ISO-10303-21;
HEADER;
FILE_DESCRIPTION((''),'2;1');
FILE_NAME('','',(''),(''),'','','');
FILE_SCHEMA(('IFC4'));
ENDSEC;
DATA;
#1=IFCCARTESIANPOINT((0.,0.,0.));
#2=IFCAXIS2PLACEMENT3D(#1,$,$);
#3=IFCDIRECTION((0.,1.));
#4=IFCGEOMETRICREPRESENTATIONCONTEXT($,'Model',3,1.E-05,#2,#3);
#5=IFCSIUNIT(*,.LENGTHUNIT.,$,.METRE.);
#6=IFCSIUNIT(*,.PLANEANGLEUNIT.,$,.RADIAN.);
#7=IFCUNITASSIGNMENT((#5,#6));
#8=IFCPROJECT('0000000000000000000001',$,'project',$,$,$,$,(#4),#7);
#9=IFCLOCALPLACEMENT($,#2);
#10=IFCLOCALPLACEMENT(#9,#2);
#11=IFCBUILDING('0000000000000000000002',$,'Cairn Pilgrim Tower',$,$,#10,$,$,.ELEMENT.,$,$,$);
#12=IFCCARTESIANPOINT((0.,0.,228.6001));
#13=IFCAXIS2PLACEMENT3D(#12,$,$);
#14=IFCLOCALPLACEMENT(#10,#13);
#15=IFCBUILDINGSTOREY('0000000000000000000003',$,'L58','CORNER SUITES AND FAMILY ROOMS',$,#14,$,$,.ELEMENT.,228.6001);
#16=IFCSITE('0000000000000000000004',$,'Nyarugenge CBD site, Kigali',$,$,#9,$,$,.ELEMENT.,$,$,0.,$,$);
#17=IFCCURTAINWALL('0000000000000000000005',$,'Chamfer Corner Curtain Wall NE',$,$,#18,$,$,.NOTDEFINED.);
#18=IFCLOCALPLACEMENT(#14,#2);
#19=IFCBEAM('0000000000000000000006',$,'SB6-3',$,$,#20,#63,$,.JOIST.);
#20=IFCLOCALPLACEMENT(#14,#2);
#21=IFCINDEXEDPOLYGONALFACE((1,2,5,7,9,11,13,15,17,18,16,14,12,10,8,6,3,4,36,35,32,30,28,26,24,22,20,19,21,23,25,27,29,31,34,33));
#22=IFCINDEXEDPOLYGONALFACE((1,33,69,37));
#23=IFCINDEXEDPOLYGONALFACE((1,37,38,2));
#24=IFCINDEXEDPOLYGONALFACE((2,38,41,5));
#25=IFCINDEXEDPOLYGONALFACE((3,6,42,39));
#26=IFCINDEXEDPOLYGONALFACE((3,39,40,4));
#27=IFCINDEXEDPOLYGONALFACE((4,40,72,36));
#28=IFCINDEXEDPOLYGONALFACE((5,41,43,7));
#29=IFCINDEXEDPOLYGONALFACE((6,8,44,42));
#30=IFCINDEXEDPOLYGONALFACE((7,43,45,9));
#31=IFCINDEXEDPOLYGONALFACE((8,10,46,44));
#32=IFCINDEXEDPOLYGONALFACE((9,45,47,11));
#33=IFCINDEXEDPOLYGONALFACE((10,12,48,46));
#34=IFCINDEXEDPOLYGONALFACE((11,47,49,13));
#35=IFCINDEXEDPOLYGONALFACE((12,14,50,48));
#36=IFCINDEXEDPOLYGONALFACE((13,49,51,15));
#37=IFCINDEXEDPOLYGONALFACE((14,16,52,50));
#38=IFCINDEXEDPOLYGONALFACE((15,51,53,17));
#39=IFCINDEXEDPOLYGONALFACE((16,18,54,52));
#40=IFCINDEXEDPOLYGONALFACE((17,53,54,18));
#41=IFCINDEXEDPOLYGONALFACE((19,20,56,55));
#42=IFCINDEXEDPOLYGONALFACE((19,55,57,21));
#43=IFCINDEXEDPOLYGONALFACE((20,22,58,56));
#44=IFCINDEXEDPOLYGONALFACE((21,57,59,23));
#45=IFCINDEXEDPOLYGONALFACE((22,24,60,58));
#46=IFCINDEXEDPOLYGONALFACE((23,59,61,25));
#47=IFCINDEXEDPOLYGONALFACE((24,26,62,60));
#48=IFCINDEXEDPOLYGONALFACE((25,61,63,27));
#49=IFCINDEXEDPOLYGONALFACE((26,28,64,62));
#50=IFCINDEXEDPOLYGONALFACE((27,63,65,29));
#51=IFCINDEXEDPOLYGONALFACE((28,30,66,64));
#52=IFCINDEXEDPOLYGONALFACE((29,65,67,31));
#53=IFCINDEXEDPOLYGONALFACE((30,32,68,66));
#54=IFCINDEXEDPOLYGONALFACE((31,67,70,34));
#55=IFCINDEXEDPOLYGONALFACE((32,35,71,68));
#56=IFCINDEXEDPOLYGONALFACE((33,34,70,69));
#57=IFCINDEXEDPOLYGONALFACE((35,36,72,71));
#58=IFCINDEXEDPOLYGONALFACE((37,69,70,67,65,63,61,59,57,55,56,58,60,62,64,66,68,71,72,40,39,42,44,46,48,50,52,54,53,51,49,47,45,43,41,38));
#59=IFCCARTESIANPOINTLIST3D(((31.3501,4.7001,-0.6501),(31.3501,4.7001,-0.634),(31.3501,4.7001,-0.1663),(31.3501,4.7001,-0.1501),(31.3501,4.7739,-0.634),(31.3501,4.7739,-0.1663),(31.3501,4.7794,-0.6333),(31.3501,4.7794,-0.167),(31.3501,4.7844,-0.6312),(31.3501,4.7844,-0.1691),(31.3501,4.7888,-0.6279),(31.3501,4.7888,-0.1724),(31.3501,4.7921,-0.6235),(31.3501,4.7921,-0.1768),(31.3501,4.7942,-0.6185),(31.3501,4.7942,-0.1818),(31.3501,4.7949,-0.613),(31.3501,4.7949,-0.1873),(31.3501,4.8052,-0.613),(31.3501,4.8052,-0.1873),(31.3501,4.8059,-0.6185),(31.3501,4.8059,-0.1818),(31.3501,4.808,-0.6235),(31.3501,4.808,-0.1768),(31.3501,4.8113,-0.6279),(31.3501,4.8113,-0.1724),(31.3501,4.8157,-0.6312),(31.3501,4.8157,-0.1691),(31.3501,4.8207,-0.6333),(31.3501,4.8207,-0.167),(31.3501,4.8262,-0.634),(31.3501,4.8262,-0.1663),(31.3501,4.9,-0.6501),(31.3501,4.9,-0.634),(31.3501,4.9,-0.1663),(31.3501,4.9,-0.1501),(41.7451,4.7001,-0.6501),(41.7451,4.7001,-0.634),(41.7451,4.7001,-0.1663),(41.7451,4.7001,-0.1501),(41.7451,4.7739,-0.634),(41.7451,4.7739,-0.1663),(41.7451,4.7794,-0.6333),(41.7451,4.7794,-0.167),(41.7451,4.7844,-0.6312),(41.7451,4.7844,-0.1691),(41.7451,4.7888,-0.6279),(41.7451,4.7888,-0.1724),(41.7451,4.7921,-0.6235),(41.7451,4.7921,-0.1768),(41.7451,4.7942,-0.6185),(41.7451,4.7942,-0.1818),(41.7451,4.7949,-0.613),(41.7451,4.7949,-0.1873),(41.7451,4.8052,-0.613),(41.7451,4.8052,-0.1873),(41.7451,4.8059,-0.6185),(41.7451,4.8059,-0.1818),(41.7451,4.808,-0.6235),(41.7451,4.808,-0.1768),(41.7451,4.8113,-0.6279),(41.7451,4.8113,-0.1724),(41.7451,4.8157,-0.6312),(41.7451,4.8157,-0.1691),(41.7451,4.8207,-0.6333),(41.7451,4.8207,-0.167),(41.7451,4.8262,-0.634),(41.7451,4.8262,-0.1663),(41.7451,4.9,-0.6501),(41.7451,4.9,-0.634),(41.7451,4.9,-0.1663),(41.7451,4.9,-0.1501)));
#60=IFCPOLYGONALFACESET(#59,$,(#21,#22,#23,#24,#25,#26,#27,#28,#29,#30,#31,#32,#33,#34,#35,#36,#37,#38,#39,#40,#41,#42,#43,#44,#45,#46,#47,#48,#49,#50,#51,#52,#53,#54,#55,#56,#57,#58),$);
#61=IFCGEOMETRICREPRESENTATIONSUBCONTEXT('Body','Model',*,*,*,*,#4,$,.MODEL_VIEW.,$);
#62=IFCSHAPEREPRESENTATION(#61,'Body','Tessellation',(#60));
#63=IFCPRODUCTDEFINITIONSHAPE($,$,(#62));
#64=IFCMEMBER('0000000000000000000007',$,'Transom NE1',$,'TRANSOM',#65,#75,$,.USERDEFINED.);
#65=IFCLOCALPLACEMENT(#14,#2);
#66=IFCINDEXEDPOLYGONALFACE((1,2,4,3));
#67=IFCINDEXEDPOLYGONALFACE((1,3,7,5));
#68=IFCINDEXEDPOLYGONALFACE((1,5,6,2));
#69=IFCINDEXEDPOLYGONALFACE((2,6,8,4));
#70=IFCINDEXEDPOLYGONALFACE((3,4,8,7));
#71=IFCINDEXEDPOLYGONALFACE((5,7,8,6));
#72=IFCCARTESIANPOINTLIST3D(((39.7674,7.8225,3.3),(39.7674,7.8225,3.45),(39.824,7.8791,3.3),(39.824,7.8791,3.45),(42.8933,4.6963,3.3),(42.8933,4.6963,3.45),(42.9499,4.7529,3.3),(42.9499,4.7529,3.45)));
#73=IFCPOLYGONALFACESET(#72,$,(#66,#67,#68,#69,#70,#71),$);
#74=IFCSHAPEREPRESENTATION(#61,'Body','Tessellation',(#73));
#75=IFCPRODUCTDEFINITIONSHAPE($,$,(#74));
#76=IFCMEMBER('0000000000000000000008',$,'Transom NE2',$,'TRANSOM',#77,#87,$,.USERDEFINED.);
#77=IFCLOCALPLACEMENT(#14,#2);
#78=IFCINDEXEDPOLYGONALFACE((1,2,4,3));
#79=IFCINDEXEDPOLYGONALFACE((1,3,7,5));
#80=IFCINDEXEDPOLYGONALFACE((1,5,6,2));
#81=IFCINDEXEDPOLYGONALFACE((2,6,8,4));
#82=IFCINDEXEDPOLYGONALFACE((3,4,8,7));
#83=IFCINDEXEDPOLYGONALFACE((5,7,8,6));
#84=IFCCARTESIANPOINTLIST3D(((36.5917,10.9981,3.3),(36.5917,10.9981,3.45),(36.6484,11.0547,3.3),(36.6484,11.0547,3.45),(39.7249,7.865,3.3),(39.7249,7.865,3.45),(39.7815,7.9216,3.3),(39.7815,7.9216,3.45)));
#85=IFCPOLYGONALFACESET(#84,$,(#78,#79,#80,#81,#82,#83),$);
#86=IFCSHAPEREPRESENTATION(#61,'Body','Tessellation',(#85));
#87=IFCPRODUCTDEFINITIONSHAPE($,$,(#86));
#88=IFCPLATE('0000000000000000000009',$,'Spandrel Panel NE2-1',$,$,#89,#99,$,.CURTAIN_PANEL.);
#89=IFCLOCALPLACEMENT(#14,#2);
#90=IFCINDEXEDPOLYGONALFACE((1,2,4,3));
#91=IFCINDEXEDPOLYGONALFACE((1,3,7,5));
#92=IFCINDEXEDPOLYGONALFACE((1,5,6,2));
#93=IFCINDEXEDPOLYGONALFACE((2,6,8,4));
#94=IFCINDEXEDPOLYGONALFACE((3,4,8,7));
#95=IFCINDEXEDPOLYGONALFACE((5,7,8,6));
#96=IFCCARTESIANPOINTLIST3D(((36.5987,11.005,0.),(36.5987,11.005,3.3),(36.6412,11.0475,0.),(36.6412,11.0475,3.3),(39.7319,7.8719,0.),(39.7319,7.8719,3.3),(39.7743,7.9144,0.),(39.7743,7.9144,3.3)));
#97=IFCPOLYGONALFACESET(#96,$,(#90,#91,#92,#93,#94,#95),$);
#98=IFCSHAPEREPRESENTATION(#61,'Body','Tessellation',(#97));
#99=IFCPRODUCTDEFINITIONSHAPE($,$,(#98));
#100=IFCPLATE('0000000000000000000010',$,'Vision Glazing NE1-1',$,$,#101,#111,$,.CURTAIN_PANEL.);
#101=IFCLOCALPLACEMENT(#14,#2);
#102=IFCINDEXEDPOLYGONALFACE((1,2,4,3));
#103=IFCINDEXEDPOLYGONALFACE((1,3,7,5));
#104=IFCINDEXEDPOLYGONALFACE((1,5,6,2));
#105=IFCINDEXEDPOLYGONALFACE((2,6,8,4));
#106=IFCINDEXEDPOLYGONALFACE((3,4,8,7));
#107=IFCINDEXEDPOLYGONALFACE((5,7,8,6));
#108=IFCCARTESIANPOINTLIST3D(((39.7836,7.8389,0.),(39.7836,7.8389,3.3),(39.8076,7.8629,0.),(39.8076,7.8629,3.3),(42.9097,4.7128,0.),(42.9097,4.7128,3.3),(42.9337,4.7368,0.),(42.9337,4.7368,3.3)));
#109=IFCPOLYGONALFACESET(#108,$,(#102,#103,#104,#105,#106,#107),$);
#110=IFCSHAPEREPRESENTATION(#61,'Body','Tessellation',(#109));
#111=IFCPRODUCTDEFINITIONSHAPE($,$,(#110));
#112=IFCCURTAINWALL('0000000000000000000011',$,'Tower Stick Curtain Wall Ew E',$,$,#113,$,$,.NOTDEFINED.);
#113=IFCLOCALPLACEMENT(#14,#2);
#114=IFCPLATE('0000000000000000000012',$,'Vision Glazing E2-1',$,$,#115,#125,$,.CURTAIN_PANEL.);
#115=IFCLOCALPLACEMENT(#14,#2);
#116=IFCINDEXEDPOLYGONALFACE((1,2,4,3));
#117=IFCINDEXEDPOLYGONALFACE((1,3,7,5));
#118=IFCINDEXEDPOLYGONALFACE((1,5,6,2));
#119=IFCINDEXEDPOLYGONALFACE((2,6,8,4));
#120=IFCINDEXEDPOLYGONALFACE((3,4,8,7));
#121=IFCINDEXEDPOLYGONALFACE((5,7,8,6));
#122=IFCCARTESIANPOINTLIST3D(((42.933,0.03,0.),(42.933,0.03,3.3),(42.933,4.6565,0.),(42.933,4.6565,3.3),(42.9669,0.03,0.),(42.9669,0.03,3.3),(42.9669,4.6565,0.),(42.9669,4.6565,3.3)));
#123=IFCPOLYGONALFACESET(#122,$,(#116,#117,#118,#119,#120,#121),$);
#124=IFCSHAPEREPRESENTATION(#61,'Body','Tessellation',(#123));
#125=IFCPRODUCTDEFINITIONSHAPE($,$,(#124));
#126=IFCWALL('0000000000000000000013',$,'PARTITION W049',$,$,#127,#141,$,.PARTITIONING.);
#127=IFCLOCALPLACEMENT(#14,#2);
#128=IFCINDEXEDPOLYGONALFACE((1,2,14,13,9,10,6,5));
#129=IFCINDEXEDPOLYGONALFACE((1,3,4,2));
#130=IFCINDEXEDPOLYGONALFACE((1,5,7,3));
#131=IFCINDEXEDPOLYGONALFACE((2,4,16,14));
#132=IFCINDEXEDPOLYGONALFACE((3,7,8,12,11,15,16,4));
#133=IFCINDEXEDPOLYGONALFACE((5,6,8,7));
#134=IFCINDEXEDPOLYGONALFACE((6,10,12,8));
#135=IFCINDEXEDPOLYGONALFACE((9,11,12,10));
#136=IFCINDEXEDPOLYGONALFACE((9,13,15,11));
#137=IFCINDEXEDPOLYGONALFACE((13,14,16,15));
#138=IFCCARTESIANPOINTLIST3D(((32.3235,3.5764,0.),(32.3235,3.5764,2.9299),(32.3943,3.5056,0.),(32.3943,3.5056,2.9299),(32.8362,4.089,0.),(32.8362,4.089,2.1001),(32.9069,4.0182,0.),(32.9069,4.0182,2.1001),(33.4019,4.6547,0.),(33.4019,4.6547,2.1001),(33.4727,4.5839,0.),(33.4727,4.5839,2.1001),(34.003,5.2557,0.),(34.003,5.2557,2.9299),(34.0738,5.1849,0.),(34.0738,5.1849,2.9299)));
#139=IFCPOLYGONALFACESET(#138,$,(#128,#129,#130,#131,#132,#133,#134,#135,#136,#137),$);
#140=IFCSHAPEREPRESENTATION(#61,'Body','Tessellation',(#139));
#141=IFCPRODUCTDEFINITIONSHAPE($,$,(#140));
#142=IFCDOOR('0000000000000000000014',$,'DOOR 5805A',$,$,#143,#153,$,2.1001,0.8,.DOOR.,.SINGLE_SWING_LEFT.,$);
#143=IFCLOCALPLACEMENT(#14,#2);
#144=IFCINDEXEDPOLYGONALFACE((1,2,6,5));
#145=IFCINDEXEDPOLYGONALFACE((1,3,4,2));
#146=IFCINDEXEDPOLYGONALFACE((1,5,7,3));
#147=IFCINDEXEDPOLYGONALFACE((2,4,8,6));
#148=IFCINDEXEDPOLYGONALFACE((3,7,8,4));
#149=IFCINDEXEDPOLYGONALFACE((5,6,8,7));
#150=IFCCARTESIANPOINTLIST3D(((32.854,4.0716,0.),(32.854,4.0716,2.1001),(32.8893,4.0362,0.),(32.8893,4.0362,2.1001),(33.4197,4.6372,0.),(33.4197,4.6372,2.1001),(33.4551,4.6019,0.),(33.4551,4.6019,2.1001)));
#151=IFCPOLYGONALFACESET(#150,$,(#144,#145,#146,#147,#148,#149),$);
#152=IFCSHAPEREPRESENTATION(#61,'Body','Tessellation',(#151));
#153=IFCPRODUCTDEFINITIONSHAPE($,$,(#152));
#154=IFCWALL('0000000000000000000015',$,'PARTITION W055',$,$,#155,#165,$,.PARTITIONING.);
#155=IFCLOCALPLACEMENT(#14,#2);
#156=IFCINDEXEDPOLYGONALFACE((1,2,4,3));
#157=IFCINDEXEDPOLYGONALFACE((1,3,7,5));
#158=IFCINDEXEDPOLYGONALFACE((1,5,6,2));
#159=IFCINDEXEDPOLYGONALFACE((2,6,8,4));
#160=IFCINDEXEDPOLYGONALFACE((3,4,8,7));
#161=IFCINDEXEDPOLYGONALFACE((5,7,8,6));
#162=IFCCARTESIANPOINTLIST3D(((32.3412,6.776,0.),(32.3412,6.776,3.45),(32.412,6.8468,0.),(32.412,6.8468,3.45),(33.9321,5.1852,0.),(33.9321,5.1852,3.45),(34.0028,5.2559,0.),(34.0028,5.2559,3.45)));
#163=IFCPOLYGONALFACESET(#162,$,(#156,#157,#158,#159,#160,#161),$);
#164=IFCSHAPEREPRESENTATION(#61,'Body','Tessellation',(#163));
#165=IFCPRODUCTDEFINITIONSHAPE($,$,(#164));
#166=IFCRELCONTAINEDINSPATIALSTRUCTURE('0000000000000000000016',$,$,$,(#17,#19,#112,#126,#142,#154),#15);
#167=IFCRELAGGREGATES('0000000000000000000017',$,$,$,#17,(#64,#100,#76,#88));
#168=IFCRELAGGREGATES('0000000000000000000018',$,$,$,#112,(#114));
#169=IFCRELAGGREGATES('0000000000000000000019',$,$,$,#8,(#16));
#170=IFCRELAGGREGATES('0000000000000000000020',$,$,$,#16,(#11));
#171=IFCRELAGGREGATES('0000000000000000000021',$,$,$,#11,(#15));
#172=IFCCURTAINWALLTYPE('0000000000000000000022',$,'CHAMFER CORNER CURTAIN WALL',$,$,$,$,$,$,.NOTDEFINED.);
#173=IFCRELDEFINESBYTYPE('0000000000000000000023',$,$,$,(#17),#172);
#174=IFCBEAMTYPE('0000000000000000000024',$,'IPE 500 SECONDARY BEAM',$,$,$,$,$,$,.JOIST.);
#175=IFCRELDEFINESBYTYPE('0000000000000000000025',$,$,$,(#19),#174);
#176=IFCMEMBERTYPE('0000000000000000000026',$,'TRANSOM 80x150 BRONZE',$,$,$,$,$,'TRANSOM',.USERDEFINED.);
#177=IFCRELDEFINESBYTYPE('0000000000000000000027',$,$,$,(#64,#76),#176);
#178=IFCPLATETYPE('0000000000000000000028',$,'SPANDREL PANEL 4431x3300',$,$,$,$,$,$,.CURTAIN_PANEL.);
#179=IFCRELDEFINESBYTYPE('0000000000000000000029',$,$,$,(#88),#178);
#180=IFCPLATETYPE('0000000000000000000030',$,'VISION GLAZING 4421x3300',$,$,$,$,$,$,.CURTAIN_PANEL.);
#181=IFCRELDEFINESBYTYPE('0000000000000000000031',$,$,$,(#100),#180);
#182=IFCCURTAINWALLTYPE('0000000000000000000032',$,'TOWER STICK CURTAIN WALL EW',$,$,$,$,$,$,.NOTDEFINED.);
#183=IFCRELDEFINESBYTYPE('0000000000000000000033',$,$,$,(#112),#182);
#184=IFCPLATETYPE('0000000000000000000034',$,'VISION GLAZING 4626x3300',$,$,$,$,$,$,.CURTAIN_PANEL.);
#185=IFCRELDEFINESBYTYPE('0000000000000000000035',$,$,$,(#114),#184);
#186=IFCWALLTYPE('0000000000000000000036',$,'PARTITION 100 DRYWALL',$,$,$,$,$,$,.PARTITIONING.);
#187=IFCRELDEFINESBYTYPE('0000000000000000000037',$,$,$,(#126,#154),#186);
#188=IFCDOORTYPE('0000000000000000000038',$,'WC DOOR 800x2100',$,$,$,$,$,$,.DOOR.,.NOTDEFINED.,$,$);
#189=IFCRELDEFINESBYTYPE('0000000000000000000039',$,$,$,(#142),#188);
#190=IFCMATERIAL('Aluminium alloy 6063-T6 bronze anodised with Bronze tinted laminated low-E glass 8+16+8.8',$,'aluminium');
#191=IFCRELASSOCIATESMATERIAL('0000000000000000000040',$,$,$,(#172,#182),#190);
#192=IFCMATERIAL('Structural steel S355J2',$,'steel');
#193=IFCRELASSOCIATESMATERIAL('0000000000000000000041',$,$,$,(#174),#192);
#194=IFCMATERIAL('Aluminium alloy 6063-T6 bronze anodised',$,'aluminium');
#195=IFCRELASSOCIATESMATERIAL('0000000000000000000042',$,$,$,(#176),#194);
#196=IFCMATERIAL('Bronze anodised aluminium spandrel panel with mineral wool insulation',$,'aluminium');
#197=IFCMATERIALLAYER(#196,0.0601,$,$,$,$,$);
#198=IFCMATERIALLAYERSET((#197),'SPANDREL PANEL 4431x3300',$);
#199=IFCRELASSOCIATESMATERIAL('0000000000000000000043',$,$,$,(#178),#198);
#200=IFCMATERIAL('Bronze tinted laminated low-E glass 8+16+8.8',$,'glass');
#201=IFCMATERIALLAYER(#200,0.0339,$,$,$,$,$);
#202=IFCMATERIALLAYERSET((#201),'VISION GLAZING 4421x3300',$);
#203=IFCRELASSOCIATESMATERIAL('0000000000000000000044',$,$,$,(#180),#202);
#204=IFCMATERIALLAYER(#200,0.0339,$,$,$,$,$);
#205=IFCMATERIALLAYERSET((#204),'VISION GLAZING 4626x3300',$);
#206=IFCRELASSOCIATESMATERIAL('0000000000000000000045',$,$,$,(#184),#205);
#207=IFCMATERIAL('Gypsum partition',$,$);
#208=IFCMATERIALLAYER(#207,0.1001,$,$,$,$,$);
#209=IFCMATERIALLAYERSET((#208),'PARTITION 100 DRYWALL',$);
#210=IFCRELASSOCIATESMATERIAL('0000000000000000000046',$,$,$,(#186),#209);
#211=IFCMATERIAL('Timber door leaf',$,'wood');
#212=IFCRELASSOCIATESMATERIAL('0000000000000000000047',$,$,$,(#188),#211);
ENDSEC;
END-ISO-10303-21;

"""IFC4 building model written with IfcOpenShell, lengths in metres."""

from ifc_helpers import new_model, si_unit, direction, frame, frame_2d, origin, origin_2d, place, context, subcontext, project, spatial, rectangle, i_section, extrude, material, layer, layer_set, material_profile, profile_set, type_object, element, fill, aggregate, save


model = new_model("IFC4")

# Units and contexts
model_context = context("Model", 3, precision=1e-05, world=origin(), true_north=direction((0.0, 1.0)))
body_context = subcontext(model_context, "Body", "Model", "MODEL_VIEW")
ifc_project = project(units=[si_unit("LENGTHUNIT", "METRE"), si_unit("PLANEANGLEUNIT", "RADIAN")], contexts=[model_context])

# Site, building, storey
site_placement = place(None, origin())
site = spatial("IfcSite", under=ifc_project, at=site_placement, Name="Nyarugenge CBD site, Kigali", CompositionType="ELEMENT", RefElevation=0.0)
building_placement = place(site_placement, origin())
building = spatial("IfcBuilding", under=site, at=building_placement, Name="Cairn Pilgrim Tower", CompositionType="ELEMENT")
storey_placement = place(building_placement, frame((0.0, 0.0, 228.6001)))
storey = spatial("IfcBuildingStorey", under=building, at=storey_placement, Name="L58", Description="CORNER SUITES AND FAMILY ROOMS", CompositionType="ELEMENT", Elevation=228.6001)

# Shared definitions
ifc_material_1 = material(Name="Structural steel S355J2", Category="steel")

# Curtain wall
ifc_material_2 = material(Name="Aluminium alloy 6063-T6 bronze anodised with Bronze tinted laminated low-E glass 8+16+8.8", Category="aluminium")
curtain_wall_type_1 = type_object("IfcCurtainWallType", Name="CHAMFER CORNER CURTAIN WALL", PredefinedType="NOTDEFINED", material=ifc_material_2)
curtain_wall_1_placement = place(storey_placement, origin())
curtain_wall_1 = element("IfcCurtainWall", 1, at=curtain_wall_1_placement, inside=storey, type_object=curtain_wall_type_1, Name="Chamfer Corner Curtain Wall NE", PredefinedType="NOTDEFINED")
ifc_material_3 = material(Name="Aluminium alloy 6063-T6 bronze anodised", Category="aluminium")

# Beam
ifc_material_profile_1 = material_profile(ifc_material_1, i_section(OverallWidth=0.2, OverallDepth=0.5, WebThickness=0.0103, FlangeThickness=0.0161, FilletRadius=0.021, at=origin_2d()), Name="IPE 500")
ifc_profile_set_1 = profile_set([ifc_material_profile_1], Name="Structural steel S355J2")
beam_type_1 = type_object("IfcBeamType", Name="IPE 500 SECONDARY BEAM", PredefinedType="JOIST", material=ifc_profile_set_1)
beam_1_placement = place(storey_placement, frame((31.3501, 4.8, -0.4001), z_axis=(1.0, 0.0, 0.0), x_axis=(0.0, 1.0, 0.0)))
element("IfcBeam", 2, at=beam_1_placement, inside=storey, type_object=beam_type_1, Name="SB6-3", PredefinedType="JOIST", context=body_context, shape_type="SweptSolid", body=[
    extrude(i_section(OverallWidth=0.2, OverallDepth=0.5, WebThickness=0.0103, FlangeThickness=0.0161, FilletRadius=0.021, at=origin_2d()), origin(), (0.0, 0.0, 1.0), 10.395),
])

# Members
ifc_material_profile_2 = material_profile(ifc_material_3, rectangle(XDim=0.0801, YDim=0.1499, at=origin_2d()), Name="TRANSOM 80x150 BRONZE")
ifc_profile_set_2 = profile_set([ifc_material_profile_2], Name="Aluminium alloy 6063-T6 bronze anodised")
member_type_1 = type_object("IfcMemberType", Name="TRANSOM 80x150 BRONZE", ElementType="TRANSOM", PredefinedType="USERDEFINED", material=ifc_profile_set_2)
member_1_placement = place(storey_placement, frame((42.9216, 4.7246, 3.375), z_axis=(-0.707079, 0.707134, 0.0), x_axis=(-0.707134, -0.707079, 0.0)))
member_1 = element("IfcMember", 3, at=member_1_placement, type_object=member_type_1, Name="Transom NE1", ObjectType="TRANSOM", PredefinedType="USERDEFINED", context=body_context, shape_type="SweptSolid", body=[
    extrude(rectangle(XDim=0.0801, YDim=0.1499, at=origin_2d()), origin(), (0.0, 0.0, 1.0), 4.4209),
])
member_2_placement = place(storey_placement, frame((39.7532, 7.8933, 3.375), z_axis=(-0.707107, 0.707107, 0.0), x_axis=(-0.707107, -0.707107, 0.0)))
member_2 = element("IfcMember", 4, at=member_2_placement, type_object=member_type_1, Name="Transom NE2", ObjectType="TRANSOM", PredefinedType="USERDEFINED", context=body_context, shape_type="SweptSolid", body=[
    extrude(rectangle(XDim=0.0801, YDim=0.1499, at=origin_2d()), origin(), (0.0, 0.0, 1.0), 4.4309),
])

# Plates
ifc_material_4 = material(Name="Bronze anodised aluminium spandrel panel with mineral wool insulation", Category="aluminium")
ifc_layer_1 = layer(ifc_material_4, 0.0601)
ifc_layer_set_1 = layer_set([ifc_layer_1], Name="SPANDREL PANEL 4431x3300")
plate_type_1 = type_object("IfcPlateType", Name="SPANDREL PANEL 4431x3300", PredefinedType="CURTAIN_PANEL", material=ifc_layer_set_1)
plate_1_placement = place(storey_placement, frame((38.1865, 9.4597, 0.0), z_axis=(0.0, 0.0, 1.0), x_axis=(-0.707107, 0.707107, 0.0)))
plate_1 = element("IfcPlate", 5, at=plate_1_placement, type_object=plate_type_1, Name="Spandrel Panel NE2-1", PredefinedType="CURTAIN_PANEL", context=body_context, shape_type="SweptSolid", body=[
    extrude(rectangle(XDim=4.4309, YDim=0.0601, at=origin_2d()), origin(), (0.0, 0.0, 1.0), 3.3),
])
ifc_material_5 = material(Name="Bronze tinted laminated low-E glass 8+16+8.8", Category="glass")
ifc_layer_2 = layer(ifc_material_5, 0.0339)
ifc_layer_set_2 = layer_set([ifc_layer_2], Name="VISION GLAZING 4421x3300")
plate_type_2 = type_object("IfcPlateType", Name="VISION GLAZING 4421x3300", PredefinedType="CURTAIN_PANEL", material=ifc_layer_set_2)
plate_2_placement = place(storey_placement, frame((41.3586, 6.2878, 0.0), z_axis=(0.0, 0.0, 1.0), x_axis=(-0.707107, 0.707107, 0.0)))
plate_2 = element("IfcPlate", 6, at=plate_2_placement, type_object=plate_type_2, Name="Vision Glazing NE1-1", PredefinedType="CURTAIN_PANEL", context=body_context, shape_type="SweptSolid", body=[
    extrude(rectangle(XDim=4.4209, YDim=0.0339, at=origin_2d()), origin(), (0.0, 0.0, 1.0), 3.3),
])
aggregate(curtain_wall_1, [member_1, plate_2, member_2, plate_1])

# Curtain wall, plate
curtain_wall_type_2 = type_object("IfcCurtainWallType", Name="TOWER STICK CURTAIN WALL EW", PredefinedType="NOTDEFINED", material=ifc_material_2)
curtain_wall_2_placement = place(storey_placement, origin())
curtain_wall_2 = element("IfcCurtainWall", 7, at=curtain_wall_2_placement, inside=storey, type_object=curtain_wall_type_2, Name="Tower Stick Curtain Wall Ew E", PredefinedType="NOTDEFINED")
ifc_layer_3 = layer(ifc_material_5, 0.0339)
ifc_layer_set_3 = layer_set([ifc_layer_3], Name="VISION GLAZING 4626x3300")
plate_type_3 = type_object("IfcPlateType", Name="VISION GLAZING 4626x3300", PredefinedType="CURTAIN_PANEL", material=ifc_layer_set_3)
plate_3_placement = place(storey_placement, frame((42.95, 2.3433, 0.0), z_axis=(0.0, 0.0, 1.0), x_axis=(0.0, 1.0, 0.0)))
plate_3 = element("IfcPlate", 8, at=plate_3_placement, type_object=plate_type_3, Name="Vision Glazing E2-1", PredefinedType="CURTAIN_PANEL", context=body_context, shape_type="SweptSolid", body=[
    extrude(rectangle(XDim=4.6265, YDim=0.0339, at=origin_2d()), origin(), (0.0, 0.0, 1.0), 3.3),
])
aggregate(curtain_wall_2, [plate_3])

# Wall, opening, door
ifc_material_6 = material(Name="Gypsum partition")
ifc_layer_4 = layer(ifc_material_6, 0.1001)
ifc_layer_set_4 = layer_set([ifc_layer_4], Name="PARTITION 100 DRYWALL")
wall_type_1 = type_object("IfcWallType", Name="PARTITION 100 DRYWALL", PredefinedType="PARTITIONING", material=ifc_layer_set_4)
wall_1_placement = place(storey_placement, frame((32.3589, 3.541, 0.0), z_axis=(0.0, 0.0, 1.0), x_axis=(0.707158, 0.707055, 0.0)))
wall_1 = element("IfcWall", 9, at=wall_1_placement, inside=storey, type_object=wall_type_1, Name="PARTITION W049", PredefinedType="PARTITIONING", context=body_context, shape_type="SweptSolid", body=[
    extrude(rectangle(XDim=2.375, YDim=0.1001, at=frame_2d((1.1875, 0.0))), origin(), (0.0, 0.0, 1.0), 2.9299),
])
opening_1_placement = place(wall_1_placement, frame((0.7251, 0.0, 0.0)))
opening_1 = element("IfcOpeningElement", 10, at=opening_1_placement, cuts=wall_1, PredefinedType="OPENING", context=body_context, shape_type="SweptSolid", body=[
    extrude(rectangle(XDim=0.8, YDim=2.1001, at=frame_2d((0.3999, 1.05))), frame((0.0, 0.0601, 0.0), z_axis=(0.0, -1.0, 0.0), x_axis=(1.0, 0.0, 0.0)), (0.0, 0.0, 1.0), 0.1201),
])
ifc_material_7 = material(Name="Timber door leaf", Category="wood")
door_type_1 = type_object("IfcDoorType", Name="WC DOOR 800x2100", OperationType="NOTDEFINED", PredefinedType="DOOR", material=ifc_material_7)
door_1_placement = place(opening_1_placement, frame((0.8, 0.0, 0.0), z_axis=(0.0, 0.0, 1.0), x_axis=(-1.0, 0.0, 0.0)))
door_1 = element("IfcDoor", 11, at=door_1_placement, inside=storey, type_object=door_type_1, Name="DOOR 5805A", OperationType="SINGLE_SWING_LEFT", OverallHeight=2.1001, OverallWidth=0.8, PredefinedType="DOOR", context=body_context, shape_type="SweptSolid", body=[
    extrude(rectangle(XDim=0.8, YDim=2.1001, at=frame_2d((0.3999, 1.05))), frame((0.0, 0.0249, 0.0), z_axis=(0.0, -1.0, 0.0), x_axis=(1.0, 0.0, 0.0)), (0.0, 0.0, 1.0), 0.05),
])
fill(opening_1, door_1)

# Wall
wall_2_placement = place(storey_placement, frame((33.9675, 5.2205, 0.0), z_axis=(0.0, 0.0, 1.0), x_axis=(-0.707107, 0.707107, 0.0)))
element("IfcWall", 12, at=wall_2_placement, inside=storey, type_object=wall_type_1, Name="PARTITION W055", PredefinedType="PARTITIONING", context=body_context, shape_type="SweptSolid", body=[
    extrude(rectangle(XDim=2.2498, YDim=0.1001, at=frame_2d((1.125, 0.0))), origin(), (0.0, 0.0, 1.0), 3.45),
])

save(model, "model.ifc")
